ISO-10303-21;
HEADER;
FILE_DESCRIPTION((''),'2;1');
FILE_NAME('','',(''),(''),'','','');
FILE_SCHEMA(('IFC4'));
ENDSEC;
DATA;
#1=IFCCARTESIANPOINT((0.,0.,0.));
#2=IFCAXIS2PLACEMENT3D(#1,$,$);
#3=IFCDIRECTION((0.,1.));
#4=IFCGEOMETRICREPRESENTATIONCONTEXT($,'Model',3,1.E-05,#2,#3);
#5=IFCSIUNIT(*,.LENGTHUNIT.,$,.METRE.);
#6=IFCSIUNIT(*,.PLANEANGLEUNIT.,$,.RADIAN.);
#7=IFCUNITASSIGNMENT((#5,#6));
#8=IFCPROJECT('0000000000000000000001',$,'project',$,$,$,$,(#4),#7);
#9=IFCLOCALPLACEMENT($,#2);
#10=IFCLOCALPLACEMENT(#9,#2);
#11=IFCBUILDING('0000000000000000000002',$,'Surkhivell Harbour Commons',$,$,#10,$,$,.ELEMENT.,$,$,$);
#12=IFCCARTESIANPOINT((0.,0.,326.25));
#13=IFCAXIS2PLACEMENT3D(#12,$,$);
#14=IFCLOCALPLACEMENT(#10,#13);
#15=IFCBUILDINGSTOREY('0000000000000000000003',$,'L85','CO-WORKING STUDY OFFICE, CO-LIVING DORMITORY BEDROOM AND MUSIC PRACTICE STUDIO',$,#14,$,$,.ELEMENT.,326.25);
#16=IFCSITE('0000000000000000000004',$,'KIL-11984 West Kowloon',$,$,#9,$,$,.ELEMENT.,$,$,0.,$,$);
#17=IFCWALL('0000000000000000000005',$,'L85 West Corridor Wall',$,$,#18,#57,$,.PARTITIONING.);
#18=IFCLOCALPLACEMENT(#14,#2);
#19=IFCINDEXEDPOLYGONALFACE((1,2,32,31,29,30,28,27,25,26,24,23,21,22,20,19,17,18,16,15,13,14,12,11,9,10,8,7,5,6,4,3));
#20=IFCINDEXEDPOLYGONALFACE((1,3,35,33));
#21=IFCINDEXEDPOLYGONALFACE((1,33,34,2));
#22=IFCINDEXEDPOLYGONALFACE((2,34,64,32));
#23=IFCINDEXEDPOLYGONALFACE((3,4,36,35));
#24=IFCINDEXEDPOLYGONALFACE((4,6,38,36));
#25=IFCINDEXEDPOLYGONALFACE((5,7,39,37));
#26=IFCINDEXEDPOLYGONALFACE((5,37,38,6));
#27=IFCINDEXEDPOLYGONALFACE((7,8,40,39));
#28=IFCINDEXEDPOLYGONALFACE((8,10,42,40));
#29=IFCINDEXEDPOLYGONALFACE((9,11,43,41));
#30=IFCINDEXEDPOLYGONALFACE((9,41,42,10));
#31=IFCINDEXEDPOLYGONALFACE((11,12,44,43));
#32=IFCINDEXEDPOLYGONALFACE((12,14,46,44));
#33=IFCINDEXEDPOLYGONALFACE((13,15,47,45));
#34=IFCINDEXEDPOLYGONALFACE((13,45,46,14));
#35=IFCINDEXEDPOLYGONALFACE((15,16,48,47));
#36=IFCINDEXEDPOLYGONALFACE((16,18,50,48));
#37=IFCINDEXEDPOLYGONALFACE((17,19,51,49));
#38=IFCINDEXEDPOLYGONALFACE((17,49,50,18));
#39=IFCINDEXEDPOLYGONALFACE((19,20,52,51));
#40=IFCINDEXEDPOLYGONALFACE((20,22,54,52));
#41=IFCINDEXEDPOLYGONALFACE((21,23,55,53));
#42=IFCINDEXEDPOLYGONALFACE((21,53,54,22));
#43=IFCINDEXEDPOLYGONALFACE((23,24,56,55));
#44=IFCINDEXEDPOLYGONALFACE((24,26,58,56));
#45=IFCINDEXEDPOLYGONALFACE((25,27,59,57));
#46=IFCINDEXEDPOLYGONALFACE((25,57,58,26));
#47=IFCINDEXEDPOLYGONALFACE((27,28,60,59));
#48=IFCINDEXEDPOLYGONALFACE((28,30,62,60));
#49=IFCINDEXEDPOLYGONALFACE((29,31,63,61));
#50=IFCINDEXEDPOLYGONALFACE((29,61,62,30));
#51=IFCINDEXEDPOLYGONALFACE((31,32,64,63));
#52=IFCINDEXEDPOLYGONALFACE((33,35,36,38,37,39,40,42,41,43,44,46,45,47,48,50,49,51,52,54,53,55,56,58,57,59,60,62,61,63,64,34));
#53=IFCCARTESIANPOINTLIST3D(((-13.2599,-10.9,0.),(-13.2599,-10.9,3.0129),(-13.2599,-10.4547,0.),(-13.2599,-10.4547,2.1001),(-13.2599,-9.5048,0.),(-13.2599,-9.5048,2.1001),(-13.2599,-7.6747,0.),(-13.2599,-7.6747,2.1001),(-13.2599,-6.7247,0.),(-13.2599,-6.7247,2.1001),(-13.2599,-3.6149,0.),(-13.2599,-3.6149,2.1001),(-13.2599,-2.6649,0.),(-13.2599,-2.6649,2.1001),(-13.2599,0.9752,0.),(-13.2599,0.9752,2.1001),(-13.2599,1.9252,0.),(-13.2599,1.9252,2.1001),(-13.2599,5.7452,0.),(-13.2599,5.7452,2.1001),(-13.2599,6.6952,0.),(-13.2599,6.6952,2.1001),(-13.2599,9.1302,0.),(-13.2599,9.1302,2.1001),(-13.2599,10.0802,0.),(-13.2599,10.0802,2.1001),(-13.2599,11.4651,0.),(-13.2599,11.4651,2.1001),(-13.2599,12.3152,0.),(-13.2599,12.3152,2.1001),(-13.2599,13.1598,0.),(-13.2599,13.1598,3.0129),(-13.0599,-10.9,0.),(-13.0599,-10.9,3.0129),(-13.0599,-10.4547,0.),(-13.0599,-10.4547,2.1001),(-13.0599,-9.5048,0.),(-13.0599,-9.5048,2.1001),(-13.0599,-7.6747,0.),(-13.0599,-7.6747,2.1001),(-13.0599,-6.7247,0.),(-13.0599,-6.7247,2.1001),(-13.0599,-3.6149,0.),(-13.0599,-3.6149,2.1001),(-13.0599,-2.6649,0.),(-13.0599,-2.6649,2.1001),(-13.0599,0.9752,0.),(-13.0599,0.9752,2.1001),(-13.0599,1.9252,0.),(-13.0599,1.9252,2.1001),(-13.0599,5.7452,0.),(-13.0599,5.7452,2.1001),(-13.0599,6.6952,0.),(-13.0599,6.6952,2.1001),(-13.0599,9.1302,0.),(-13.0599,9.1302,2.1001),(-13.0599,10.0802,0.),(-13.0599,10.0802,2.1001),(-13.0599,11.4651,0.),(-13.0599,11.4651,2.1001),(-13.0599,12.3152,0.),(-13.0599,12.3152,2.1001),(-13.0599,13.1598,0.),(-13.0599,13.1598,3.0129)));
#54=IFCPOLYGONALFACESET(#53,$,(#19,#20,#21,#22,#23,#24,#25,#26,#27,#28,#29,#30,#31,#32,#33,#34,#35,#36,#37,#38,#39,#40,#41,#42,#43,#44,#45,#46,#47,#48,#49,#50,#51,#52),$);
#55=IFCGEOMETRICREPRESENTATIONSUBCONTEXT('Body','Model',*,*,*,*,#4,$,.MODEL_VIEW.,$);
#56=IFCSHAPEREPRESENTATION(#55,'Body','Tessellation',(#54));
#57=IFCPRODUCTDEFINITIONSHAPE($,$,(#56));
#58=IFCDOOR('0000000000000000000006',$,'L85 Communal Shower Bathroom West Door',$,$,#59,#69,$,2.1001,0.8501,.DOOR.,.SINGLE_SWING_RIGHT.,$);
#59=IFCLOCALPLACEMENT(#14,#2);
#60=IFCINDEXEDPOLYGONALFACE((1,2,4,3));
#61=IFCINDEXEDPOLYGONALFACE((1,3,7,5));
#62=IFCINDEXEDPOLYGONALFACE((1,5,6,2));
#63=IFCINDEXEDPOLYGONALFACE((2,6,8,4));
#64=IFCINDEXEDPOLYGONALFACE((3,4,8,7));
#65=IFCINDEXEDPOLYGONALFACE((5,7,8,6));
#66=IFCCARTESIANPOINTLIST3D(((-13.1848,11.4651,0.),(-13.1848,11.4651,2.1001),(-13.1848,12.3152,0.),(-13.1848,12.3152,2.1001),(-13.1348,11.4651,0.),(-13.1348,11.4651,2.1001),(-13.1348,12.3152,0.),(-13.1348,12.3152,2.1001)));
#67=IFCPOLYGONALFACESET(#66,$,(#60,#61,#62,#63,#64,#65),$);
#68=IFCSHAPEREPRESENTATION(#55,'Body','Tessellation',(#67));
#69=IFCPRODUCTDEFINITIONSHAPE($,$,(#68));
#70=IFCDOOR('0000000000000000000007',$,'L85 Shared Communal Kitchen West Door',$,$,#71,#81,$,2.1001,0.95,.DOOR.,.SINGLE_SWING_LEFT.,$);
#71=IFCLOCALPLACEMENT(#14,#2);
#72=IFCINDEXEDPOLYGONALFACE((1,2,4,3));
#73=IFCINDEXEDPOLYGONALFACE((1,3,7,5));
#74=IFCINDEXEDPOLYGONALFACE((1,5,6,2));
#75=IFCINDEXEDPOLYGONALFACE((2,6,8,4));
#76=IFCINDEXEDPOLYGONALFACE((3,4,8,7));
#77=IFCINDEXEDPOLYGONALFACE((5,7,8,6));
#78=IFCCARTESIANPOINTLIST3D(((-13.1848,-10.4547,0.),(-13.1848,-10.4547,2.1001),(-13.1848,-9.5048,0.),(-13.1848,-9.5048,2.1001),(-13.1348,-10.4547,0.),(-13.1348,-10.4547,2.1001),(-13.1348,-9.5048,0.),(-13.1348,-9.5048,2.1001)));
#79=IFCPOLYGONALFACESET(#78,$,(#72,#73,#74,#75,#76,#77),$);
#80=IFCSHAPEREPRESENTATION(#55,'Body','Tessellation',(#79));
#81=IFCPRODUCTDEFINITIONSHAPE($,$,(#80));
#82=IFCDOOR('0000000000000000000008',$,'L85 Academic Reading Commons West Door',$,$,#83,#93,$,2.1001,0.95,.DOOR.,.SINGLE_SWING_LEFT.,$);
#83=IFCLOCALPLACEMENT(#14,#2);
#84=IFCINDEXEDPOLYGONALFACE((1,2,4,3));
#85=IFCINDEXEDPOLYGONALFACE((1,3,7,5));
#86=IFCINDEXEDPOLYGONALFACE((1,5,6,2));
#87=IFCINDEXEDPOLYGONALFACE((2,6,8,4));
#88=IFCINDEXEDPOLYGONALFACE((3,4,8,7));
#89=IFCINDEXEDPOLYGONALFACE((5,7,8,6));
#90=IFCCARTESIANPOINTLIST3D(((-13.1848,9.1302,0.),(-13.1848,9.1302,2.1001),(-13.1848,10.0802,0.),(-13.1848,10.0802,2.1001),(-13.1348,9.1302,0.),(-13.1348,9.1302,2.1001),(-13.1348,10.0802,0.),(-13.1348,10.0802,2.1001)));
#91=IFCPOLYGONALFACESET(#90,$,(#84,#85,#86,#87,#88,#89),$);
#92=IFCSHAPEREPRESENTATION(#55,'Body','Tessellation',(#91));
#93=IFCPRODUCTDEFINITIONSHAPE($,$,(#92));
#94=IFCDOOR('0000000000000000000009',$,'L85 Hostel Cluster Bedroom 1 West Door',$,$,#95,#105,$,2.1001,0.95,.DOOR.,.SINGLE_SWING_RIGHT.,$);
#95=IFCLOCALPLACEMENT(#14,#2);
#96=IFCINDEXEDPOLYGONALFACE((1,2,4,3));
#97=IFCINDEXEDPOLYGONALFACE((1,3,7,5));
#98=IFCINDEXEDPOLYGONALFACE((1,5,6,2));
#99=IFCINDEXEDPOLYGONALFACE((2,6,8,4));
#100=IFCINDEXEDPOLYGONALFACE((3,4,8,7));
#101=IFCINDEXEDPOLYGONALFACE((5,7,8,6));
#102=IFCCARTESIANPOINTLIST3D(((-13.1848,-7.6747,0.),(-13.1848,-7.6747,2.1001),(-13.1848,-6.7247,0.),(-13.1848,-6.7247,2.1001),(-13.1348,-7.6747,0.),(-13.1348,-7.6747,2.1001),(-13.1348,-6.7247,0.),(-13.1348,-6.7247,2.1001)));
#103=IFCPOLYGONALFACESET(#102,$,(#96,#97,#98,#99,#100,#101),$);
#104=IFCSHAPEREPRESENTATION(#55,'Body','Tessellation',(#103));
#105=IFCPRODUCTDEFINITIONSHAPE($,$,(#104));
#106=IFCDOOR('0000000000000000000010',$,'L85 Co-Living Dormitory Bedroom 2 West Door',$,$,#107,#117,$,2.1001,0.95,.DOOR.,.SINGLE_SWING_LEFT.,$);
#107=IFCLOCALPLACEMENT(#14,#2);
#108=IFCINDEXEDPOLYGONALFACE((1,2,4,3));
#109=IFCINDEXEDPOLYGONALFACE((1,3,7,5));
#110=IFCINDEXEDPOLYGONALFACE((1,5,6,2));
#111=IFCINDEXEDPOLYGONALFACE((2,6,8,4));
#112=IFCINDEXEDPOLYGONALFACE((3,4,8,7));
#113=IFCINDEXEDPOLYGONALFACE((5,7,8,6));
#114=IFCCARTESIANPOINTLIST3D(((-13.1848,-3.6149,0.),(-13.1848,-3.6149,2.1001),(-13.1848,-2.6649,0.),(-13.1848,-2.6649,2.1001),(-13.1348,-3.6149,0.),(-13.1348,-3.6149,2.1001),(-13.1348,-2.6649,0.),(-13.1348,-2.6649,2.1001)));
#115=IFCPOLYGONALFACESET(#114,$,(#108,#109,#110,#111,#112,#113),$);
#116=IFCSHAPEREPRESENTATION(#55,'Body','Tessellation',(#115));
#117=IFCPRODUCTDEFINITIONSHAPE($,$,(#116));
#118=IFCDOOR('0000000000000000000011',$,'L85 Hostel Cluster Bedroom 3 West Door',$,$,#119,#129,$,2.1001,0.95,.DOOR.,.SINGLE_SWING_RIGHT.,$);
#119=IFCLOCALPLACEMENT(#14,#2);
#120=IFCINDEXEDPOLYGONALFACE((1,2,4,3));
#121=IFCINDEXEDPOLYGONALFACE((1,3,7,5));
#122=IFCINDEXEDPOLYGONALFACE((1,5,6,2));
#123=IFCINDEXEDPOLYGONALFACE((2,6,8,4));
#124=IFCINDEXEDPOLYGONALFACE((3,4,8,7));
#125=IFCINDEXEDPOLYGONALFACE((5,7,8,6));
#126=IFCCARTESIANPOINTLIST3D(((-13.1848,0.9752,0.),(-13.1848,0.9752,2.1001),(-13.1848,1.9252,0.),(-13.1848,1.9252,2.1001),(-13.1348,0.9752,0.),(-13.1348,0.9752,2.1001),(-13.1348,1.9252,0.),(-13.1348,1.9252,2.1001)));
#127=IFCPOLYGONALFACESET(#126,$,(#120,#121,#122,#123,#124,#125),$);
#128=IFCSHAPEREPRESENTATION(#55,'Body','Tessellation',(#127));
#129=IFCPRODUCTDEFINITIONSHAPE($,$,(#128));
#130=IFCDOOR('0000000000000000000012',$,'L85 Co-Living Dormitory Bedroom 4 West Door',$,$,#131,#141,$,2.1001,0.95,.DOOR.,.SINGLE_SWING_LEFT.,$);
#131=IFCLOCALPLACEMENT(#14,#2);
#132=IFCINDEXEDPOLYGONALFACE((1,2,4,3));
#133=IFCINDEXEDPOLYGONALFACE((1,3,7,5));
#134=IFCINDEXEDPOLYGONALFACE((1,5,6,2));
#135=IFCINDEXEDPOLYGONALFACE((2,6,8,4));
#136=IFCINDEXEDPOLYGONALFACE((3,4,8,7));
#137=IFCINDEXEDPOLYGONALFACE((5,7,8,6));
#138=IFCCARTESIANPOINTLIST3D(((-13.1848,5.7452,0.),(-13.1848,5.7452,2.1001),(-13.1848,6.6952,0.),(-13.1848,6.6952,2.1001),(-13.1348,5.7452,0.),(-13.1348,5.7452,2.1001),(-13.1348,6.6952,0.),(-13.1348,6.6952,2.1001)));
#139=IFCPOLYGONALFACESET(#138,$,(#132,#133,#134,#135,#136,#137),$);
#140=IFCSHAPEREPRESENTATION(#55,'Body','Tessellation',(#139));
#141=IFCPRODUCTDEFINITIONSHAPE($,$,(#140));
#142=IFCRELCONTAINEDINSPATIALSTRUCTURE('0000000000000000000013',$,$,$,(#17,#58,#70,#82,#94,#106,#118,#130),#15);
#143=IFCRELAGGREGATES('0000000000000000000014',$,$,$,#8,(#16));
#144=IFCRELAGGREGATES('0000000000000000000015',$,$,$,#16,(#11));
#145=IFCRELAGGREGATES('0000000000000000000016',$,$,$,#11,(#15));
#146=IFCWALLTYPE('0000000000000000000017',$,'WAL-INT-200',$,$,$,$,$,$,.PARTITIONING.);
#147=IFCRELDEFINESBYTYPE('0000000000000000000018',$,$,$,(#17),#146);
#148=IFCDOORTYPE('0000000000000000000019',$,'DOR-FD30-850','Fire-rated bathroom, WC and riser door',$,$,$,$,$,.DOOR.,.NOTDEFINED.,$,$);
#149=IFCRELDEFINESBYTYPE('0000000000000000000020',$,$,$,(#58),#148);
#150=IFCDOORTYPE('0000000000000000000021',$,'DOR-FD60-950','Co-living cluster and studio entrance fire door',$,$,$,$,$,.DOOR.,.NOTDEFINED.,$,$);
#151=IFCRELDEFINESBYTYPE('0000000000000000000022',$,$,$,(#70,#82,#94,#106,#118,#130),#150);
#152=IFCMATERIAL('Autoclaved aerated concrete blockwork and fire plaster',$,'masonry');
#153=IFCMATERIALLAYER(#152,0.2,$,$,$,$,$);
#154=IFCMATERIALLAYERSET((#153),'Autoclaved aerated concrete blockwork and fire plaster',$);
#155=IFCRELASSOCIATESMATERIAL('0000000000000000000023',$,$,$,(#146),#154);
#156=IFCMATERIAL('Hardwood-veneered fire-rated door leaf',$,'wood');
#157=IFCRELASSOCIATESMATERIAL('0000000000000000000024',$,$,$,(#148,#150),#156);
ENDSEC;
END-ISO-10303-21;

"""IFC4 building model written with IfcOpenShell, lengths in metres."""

from ifc_helpers import new_model, si_unit, direction, frame, frame_2d, origin, place, context, subcontext, project, spatial, rectangle, extrude, material, layer, layer_set, type_object, element, fill, save


model = new_model("IFC4")

# Units and contexts
model_context = context("Model", 3, precision=1e-05, world=origin(), true_north=direction((0.0, 1.0)))
body_context = subcontext(model_context, "Body", "Model", "MODEL_VIEW")
ifc_project = project(units=[si_unit("LENGTHUNIT", "METRE"), si_unit("PLANEANGLEUNIT", "RADIAN")], contexts=[model_context])

# Site, building, storey
site_placement = place(None, origin())
site = spatial("IfcSite", under=ifc_project, at=site_placement, Name="KIL-11984 West Kowloon", CompositionType="ELEMENT", RefElevation=0.0)
building_placement = place(site_placement, origin())
building = spatial("IfcBuilding", under=site, at=building_placement, Name="Surkhivell Harbour Commons", CompositionType="ELEMENT")
storey_placement = place(building_placement, frame((0.0, 0.0, 326.25)))
storey = spatial("IfcBuildingStorey", under=building, at=storey_placement, Name="L85", Description="CO-WORKING STUDY OFFICE, CO-LIVING DORMITORY BEDROOM AND MUSIC PRACTICE STUDIO", CompositionType="ELEMENT", Elevation=326.25)

# Wall, openings, doors
ifc_material_1 = material(Name="Autoclaved aerated concrete blockwork and fire plaster", Category="masonry")
ifc_layer_1 = layer(ifc_material_1, 0.2)
ifc_layer_set_1 = layer_set([ifc_layer_1], Name="Autoclaved aerated concrete blockwork and fire plaster")
wall_type_1 = type_object("IfcWallType", Name="WAL-INT-200", PredefinedType="PARTITIONING", material=ifc_layer_set_1)
wall_1_placement = place(storey_placement, frame((-13.1599, -10.8999, 0.0), z_axis=(0.0, 0.0, 1.0), x_axis=(0.0, 1.0, 0.0)))
wall_1 = element("IfcWall", 1, at=wall_1_placement, inside=storey, type_object=wall_type_1, Name="L85 West Corridor Wall", PredefinedType="PARTITIONING", context=body_context, shape_type="SweptSolid", body=[
    extrude(rectangle(XDim=24.0598, YDim=0.2, at=frame_2d((12.0298, 0.0))), origin(), (0.0, 0.0, 1.0), 3.0129),
])
opening_1_placement = place(wall_1_placement, frame((0.4451, 0.0, 0.0)))
opening_1 = element("IfcOpeningElement", 2, at=opening_1_placement, cuts=wall_1, PredefinedType="OPENING", context=body_context, shape_type="SweptSolid", body=[
    extrude(rectangle(XDim=0.95, YDim=2.1001, at=frame_2d((0.4751, 1.05))), frame((0.0, 0.1099, 0.0), z_axis=(0.0, -1.0, 0.0), x_axis=(1.0, 0.0, 0.0)), (0.0, 0.0, 1.0), 0.22),
])
opening_2_placement = place(wall_1_placement, frame((22.365, 0.0, 0.0)))
opening_2 = element("IfcOpeningElement", 3, at=opening_2_placement, cuts=wall_1, PredefinedType="OPENING", context=body_context, shape_type="SweptSolid", body=[
    extrude(rectangle(XDim=0.8501, YDim=2.1001, at=frame_2d((0.425, 1.05))), frame((0.0, 0.1099, 0.0), z_axis=(0.0, -1.0, 0.0), x_axis=(1.0, 0.0, 0.0)), (0.0, 0.0, 1.0), 0.22),
])
opening_3_placement = place(wall_1_placement, frame((20.03, 0.0, 0.0)))
opening_3 = element("IfcOpeningElement", 4, at=opening_3_placement, cuts=wall_1, PredefinedType="OPENING", context=body_context, shape_type="SweptSolid", body=[
    extrude(rectangle(XDim=0.95, YDim=2.1001, at=frame_2d((0.4751, 1.05))), frame((0.0, 0.1099, 0.0), z_axis=(0.0, -1.0, 0.0), x_axis=(1.0, 0.0, 0.0)), (0.0, 0.0, 1.0), 0.22),
])
opening_4_placement = place(wall_1_placement, frame((3.2251, 0.0, 0.0)))
opening_4 = element("IfcOpeningElement", 5, at=opening_4_placement, cuts=wall_1, PredefinedType="OPENING", context=body_context, shape_type="SweptSolid", body=[
    extrude(rectangle(XDim=0.95, YDim=2.1001, at=frame_2d((0.4751, 1.05))), frame((0.0, 0.1099, 0.0), z_axis=(0.0, -1.0, 0.0), x_axis=(1.0, 0.0, 0.0)), (0.0, 0.0, 1.0), 0.22),
])
opening_5_placement = place(wall_1_placement, frame((7.2849, 0.0, 0.0)))
opening_5 = element("IfcOpeningElement", 6, at=opening_5_placement, cuts=wall_1, PredefinedType="OPENING", context=body_context, shape_type="SweptSolid", body=[
    extrude(rectangle(XDim=0.95, YDim=2.1001, at=frame_2d((0.4751, 1.05))), frame((0.0, 0.1099, 0.0), z_axis=(0.0, -1.0, 0.0), x_axis=(1.0, 0.0, 0.0)), (0.0, 0.0, 1.0), 0.22),
])
opening_6_placement = place(wall_1_placement, frame((11.875, 0.0, 0.0)))
opening_6 = element("IfcOpeningElement", 7, at=opening_6_placement, cuts=wall_1, PredefinedType="OPENING", context=body_context, shape_type="SweptSolid", body=[
    extrude(rectangle(XDim=0.95, YDim=2.1001, at=frame_2d((0.4751, 1.05))), frame((0.0, 0.1099, 0.0), z_axis=(0.0, -1.0, 0.0), x_axis=(1.0, 0.0, 0.0)), (0.0, 0.0, 1.0), 0.22),
])
opening_7_placement = place(wall_1_placement, frame((16.645, 0.0, 0.0)))
opening_7 = element("IfcOpeningElement", 8, at=opening_7_placement, cuts=wall_1, PredefinedType="OPENING", context=body_context, shape_type="SweptSolid", body=[
    extrude(rectangle(XDim=0.95, YDim=2.1001, at=frame_2d((0.4751, 1.05))), frame((0.0, 0.1099, 0.0), z_axis=(0.0, -1.0, 0.0), x_axis=(1.0, 0.0, 0.0)), (0.0, 0.0, 1.0), 0.22),
])
ifc_material_2 = material(Name="Hardwood-veneered fire-rated door leaf", Category="wood")
door_type_1 = type_object("IfcDoorType", Name="DOR-FD30-850", Description="Fire-rated bathroom, WC and riser door", OperationType="NOTDEFINED", PredefinedType="DOOR", material=ifc_material_2)
door_1_placement = place(opening_2_placement, origin())
door_1 = element("IfcDoor", 9, at=door_1_placement, inside=storey, type_object=door_type_1, Name="L85 Communal Shower Bathroom West Door", OperationType="SINGLE_SWING_RIGHT", OverallHeight=2.1001, OverallWidth=0.8501, PredefinedType="DOOR", context=body_context, shape_type="SweptSolid", body=[
    extrude(rectangle(XDim=0.8501, YDim=2.1001, at=frame_2d((0.425, 1.05))), frame((0.0, 0.0249, 0.0), z_axis=(0.0, -1.0, 0.0), x_axis=(1.0, 0.0, 0.0)), (0.0, 0.0, 1.0), 0.05),
])
fill(opening_2, door_1)
door_type_2 = type_object("IfcDoorType", Name="DOR-FD60-950", Description="Co-living cluster and studio entrance fire door", OperationType="NOTDEFINED", PredefinedType="DOOR", material=ifc_material_2)
door_2_placement = place(opening_1_placement, origin())
door_2 = element("IfcDoor", 10, at=door_2_placement, inside=storey, type_object=door_type_2, Name="L85 Shared Communal Kitchen West Door", OperationType="SINGLE_SWING_LEFT", OverallHeight=2.1001, OverallWidth=0.95, PredefinedType="DOOR", context=body_context, shape_type="SweptSolid", body=[
    extrude(rectangle(XDim=0.95, YDim=2.1001, at=frame_2d((0.4751, 1.05))), frame((0.0, 0.0249, 0.0), z_axis=(0.0, -1.0, 0.0), x_axis=(1.0, 0.0, 0.0)), (0.0, 0.0, 1.0), 0.05),
])
fill(opening_1, door_2)
door_3_placement = place(opening_3_placement, origin())
door_3 = element("IfcDoor", 11, at=door_3_placement, inside=storey, type_object=door_type_2, Name="L85 Academic Reading Commons West Door", OperationType="SINGLE_SWING_LEFT", OverallHeight=2.1001, OverallWidth=0.95, PredefinedType="DOOR", context=body_context, shape_type="SweptSolid", body=[
    extrude(rectangle(XDim=0.95, YDim=2.1001, at=frame_2d((0.4751, 1.05))), frame((0.0, 0.0249, 0.0), z_axis=(0.0, -1.0, 0.0), x_axis=(1.0, 0.0, 0.0)), (0.0, 0.0, 1.0), 0.05),
])
fill(opening_3, door_3)
door_4_placement = place(opening_4_placement, origin())
door_4 = element("IfcDoor", 12, at=door_4_placement, inside=storey, type_object=door_type_2, Name="L85 Hostel Cluster Bedroom 1 West Door", OperationType="SINGLE_SWING_RIGHT", OverallHeight=2.1001, OverallWidth=0.95, PredefinedType="DOOR", context=body_context, shape_type="SweptSolid", body=[
    extrude(rectangle(XDim=0.95, YDim=2.1001, at=frame_2d((0.4751, 1.05))), frame((0.0, 0.0249, 0.0), z_axis=(0.0, -1.0, 0.0), x_axis=(1.0, 0.0, 0.0)), (0.0, 0.0, 1.0), 0.05),
])
fill(opening_4, door_4)
door_5_placement = place(opening_5_placement, origin())
door_5 = element("IfcDoor", 13, at=door_5_placement, inside=storey, type_object=door_type_2, Name="L85 Co-Living Dormitory Bedroom 2 West Door", OperationType="SINGLE_SWING_LEFT", OverallHeight=2.1001, OverallWidth=0.95, PredefinedType="DOOR", context=body_context, shape_type="SweptSolid", body=[
    extrude(rectangle(XDim=0.95, YDim=2.1001, at=frame_2d((0.4751, 1.05))), frame((0.0, 0.0249, 0.0), z_axis=(0.0, -1.0, 0.0), x_axis=(1.0, 0.0, 0.0)), (0.0, 0.0, 1.0), 0.05),
])
fill(opening_5, door_5)
door_6_placement = place(opening_6_placement, origin())
door_6 = element("IfcDoor", 14, at=door_6_placement, inside=storey, type_object=door_type_2, Name="L85 Hostel Cluster Bedroom 3 West Door", OperationType="SINGLE_SWING_RIGHT", OverallHeight=2.1001, OverallWidth=0.95, PredefinedType="DOOR", context=body_context, shape_type="SweptSolid", body=[
    extrude(rectangle(XDim=0.95, YDim=2.1001, at=frame_2d((0.4751, 1.05))), frame((0.0, 0.0249, 0.0), z_axis=(0.0, -1.0, 0.0), x_axis=(1.0, 0.0, 0.0)), (0.0, 0.0, 1.0), 0.05),
])
fill(opening_6, door_6)
door_7_placement = place(opening_7_placement, origin())
door_7 = element("IfcDoor", 15, at=door_7_placement, inside=storey, type_object=door_type_2, Name="L85 Co-Living Dormitory Bedroom 4 West Door", OperationType="SINGLE_SWING_LEFT", OverallHeight=2.1001, OverallWidth=0.95, PredefinedType="DOOR", context=body_context, shape_type="SweptSolid", body=[
    extrude(rectangle(XDim=0.95, YDim=2.1001, at=frame_2d((0.4751, 1.05))), frame((0.0, 0.0249, 0.0), z_axis=(0.0, -1.0, 0.0), x_axis=(1.0, 0.0, 0.0)), (0.0, 0.0, 1.0), 0.05),
])
fill(opening_7, door_7)

save(model, "model.ifc")
